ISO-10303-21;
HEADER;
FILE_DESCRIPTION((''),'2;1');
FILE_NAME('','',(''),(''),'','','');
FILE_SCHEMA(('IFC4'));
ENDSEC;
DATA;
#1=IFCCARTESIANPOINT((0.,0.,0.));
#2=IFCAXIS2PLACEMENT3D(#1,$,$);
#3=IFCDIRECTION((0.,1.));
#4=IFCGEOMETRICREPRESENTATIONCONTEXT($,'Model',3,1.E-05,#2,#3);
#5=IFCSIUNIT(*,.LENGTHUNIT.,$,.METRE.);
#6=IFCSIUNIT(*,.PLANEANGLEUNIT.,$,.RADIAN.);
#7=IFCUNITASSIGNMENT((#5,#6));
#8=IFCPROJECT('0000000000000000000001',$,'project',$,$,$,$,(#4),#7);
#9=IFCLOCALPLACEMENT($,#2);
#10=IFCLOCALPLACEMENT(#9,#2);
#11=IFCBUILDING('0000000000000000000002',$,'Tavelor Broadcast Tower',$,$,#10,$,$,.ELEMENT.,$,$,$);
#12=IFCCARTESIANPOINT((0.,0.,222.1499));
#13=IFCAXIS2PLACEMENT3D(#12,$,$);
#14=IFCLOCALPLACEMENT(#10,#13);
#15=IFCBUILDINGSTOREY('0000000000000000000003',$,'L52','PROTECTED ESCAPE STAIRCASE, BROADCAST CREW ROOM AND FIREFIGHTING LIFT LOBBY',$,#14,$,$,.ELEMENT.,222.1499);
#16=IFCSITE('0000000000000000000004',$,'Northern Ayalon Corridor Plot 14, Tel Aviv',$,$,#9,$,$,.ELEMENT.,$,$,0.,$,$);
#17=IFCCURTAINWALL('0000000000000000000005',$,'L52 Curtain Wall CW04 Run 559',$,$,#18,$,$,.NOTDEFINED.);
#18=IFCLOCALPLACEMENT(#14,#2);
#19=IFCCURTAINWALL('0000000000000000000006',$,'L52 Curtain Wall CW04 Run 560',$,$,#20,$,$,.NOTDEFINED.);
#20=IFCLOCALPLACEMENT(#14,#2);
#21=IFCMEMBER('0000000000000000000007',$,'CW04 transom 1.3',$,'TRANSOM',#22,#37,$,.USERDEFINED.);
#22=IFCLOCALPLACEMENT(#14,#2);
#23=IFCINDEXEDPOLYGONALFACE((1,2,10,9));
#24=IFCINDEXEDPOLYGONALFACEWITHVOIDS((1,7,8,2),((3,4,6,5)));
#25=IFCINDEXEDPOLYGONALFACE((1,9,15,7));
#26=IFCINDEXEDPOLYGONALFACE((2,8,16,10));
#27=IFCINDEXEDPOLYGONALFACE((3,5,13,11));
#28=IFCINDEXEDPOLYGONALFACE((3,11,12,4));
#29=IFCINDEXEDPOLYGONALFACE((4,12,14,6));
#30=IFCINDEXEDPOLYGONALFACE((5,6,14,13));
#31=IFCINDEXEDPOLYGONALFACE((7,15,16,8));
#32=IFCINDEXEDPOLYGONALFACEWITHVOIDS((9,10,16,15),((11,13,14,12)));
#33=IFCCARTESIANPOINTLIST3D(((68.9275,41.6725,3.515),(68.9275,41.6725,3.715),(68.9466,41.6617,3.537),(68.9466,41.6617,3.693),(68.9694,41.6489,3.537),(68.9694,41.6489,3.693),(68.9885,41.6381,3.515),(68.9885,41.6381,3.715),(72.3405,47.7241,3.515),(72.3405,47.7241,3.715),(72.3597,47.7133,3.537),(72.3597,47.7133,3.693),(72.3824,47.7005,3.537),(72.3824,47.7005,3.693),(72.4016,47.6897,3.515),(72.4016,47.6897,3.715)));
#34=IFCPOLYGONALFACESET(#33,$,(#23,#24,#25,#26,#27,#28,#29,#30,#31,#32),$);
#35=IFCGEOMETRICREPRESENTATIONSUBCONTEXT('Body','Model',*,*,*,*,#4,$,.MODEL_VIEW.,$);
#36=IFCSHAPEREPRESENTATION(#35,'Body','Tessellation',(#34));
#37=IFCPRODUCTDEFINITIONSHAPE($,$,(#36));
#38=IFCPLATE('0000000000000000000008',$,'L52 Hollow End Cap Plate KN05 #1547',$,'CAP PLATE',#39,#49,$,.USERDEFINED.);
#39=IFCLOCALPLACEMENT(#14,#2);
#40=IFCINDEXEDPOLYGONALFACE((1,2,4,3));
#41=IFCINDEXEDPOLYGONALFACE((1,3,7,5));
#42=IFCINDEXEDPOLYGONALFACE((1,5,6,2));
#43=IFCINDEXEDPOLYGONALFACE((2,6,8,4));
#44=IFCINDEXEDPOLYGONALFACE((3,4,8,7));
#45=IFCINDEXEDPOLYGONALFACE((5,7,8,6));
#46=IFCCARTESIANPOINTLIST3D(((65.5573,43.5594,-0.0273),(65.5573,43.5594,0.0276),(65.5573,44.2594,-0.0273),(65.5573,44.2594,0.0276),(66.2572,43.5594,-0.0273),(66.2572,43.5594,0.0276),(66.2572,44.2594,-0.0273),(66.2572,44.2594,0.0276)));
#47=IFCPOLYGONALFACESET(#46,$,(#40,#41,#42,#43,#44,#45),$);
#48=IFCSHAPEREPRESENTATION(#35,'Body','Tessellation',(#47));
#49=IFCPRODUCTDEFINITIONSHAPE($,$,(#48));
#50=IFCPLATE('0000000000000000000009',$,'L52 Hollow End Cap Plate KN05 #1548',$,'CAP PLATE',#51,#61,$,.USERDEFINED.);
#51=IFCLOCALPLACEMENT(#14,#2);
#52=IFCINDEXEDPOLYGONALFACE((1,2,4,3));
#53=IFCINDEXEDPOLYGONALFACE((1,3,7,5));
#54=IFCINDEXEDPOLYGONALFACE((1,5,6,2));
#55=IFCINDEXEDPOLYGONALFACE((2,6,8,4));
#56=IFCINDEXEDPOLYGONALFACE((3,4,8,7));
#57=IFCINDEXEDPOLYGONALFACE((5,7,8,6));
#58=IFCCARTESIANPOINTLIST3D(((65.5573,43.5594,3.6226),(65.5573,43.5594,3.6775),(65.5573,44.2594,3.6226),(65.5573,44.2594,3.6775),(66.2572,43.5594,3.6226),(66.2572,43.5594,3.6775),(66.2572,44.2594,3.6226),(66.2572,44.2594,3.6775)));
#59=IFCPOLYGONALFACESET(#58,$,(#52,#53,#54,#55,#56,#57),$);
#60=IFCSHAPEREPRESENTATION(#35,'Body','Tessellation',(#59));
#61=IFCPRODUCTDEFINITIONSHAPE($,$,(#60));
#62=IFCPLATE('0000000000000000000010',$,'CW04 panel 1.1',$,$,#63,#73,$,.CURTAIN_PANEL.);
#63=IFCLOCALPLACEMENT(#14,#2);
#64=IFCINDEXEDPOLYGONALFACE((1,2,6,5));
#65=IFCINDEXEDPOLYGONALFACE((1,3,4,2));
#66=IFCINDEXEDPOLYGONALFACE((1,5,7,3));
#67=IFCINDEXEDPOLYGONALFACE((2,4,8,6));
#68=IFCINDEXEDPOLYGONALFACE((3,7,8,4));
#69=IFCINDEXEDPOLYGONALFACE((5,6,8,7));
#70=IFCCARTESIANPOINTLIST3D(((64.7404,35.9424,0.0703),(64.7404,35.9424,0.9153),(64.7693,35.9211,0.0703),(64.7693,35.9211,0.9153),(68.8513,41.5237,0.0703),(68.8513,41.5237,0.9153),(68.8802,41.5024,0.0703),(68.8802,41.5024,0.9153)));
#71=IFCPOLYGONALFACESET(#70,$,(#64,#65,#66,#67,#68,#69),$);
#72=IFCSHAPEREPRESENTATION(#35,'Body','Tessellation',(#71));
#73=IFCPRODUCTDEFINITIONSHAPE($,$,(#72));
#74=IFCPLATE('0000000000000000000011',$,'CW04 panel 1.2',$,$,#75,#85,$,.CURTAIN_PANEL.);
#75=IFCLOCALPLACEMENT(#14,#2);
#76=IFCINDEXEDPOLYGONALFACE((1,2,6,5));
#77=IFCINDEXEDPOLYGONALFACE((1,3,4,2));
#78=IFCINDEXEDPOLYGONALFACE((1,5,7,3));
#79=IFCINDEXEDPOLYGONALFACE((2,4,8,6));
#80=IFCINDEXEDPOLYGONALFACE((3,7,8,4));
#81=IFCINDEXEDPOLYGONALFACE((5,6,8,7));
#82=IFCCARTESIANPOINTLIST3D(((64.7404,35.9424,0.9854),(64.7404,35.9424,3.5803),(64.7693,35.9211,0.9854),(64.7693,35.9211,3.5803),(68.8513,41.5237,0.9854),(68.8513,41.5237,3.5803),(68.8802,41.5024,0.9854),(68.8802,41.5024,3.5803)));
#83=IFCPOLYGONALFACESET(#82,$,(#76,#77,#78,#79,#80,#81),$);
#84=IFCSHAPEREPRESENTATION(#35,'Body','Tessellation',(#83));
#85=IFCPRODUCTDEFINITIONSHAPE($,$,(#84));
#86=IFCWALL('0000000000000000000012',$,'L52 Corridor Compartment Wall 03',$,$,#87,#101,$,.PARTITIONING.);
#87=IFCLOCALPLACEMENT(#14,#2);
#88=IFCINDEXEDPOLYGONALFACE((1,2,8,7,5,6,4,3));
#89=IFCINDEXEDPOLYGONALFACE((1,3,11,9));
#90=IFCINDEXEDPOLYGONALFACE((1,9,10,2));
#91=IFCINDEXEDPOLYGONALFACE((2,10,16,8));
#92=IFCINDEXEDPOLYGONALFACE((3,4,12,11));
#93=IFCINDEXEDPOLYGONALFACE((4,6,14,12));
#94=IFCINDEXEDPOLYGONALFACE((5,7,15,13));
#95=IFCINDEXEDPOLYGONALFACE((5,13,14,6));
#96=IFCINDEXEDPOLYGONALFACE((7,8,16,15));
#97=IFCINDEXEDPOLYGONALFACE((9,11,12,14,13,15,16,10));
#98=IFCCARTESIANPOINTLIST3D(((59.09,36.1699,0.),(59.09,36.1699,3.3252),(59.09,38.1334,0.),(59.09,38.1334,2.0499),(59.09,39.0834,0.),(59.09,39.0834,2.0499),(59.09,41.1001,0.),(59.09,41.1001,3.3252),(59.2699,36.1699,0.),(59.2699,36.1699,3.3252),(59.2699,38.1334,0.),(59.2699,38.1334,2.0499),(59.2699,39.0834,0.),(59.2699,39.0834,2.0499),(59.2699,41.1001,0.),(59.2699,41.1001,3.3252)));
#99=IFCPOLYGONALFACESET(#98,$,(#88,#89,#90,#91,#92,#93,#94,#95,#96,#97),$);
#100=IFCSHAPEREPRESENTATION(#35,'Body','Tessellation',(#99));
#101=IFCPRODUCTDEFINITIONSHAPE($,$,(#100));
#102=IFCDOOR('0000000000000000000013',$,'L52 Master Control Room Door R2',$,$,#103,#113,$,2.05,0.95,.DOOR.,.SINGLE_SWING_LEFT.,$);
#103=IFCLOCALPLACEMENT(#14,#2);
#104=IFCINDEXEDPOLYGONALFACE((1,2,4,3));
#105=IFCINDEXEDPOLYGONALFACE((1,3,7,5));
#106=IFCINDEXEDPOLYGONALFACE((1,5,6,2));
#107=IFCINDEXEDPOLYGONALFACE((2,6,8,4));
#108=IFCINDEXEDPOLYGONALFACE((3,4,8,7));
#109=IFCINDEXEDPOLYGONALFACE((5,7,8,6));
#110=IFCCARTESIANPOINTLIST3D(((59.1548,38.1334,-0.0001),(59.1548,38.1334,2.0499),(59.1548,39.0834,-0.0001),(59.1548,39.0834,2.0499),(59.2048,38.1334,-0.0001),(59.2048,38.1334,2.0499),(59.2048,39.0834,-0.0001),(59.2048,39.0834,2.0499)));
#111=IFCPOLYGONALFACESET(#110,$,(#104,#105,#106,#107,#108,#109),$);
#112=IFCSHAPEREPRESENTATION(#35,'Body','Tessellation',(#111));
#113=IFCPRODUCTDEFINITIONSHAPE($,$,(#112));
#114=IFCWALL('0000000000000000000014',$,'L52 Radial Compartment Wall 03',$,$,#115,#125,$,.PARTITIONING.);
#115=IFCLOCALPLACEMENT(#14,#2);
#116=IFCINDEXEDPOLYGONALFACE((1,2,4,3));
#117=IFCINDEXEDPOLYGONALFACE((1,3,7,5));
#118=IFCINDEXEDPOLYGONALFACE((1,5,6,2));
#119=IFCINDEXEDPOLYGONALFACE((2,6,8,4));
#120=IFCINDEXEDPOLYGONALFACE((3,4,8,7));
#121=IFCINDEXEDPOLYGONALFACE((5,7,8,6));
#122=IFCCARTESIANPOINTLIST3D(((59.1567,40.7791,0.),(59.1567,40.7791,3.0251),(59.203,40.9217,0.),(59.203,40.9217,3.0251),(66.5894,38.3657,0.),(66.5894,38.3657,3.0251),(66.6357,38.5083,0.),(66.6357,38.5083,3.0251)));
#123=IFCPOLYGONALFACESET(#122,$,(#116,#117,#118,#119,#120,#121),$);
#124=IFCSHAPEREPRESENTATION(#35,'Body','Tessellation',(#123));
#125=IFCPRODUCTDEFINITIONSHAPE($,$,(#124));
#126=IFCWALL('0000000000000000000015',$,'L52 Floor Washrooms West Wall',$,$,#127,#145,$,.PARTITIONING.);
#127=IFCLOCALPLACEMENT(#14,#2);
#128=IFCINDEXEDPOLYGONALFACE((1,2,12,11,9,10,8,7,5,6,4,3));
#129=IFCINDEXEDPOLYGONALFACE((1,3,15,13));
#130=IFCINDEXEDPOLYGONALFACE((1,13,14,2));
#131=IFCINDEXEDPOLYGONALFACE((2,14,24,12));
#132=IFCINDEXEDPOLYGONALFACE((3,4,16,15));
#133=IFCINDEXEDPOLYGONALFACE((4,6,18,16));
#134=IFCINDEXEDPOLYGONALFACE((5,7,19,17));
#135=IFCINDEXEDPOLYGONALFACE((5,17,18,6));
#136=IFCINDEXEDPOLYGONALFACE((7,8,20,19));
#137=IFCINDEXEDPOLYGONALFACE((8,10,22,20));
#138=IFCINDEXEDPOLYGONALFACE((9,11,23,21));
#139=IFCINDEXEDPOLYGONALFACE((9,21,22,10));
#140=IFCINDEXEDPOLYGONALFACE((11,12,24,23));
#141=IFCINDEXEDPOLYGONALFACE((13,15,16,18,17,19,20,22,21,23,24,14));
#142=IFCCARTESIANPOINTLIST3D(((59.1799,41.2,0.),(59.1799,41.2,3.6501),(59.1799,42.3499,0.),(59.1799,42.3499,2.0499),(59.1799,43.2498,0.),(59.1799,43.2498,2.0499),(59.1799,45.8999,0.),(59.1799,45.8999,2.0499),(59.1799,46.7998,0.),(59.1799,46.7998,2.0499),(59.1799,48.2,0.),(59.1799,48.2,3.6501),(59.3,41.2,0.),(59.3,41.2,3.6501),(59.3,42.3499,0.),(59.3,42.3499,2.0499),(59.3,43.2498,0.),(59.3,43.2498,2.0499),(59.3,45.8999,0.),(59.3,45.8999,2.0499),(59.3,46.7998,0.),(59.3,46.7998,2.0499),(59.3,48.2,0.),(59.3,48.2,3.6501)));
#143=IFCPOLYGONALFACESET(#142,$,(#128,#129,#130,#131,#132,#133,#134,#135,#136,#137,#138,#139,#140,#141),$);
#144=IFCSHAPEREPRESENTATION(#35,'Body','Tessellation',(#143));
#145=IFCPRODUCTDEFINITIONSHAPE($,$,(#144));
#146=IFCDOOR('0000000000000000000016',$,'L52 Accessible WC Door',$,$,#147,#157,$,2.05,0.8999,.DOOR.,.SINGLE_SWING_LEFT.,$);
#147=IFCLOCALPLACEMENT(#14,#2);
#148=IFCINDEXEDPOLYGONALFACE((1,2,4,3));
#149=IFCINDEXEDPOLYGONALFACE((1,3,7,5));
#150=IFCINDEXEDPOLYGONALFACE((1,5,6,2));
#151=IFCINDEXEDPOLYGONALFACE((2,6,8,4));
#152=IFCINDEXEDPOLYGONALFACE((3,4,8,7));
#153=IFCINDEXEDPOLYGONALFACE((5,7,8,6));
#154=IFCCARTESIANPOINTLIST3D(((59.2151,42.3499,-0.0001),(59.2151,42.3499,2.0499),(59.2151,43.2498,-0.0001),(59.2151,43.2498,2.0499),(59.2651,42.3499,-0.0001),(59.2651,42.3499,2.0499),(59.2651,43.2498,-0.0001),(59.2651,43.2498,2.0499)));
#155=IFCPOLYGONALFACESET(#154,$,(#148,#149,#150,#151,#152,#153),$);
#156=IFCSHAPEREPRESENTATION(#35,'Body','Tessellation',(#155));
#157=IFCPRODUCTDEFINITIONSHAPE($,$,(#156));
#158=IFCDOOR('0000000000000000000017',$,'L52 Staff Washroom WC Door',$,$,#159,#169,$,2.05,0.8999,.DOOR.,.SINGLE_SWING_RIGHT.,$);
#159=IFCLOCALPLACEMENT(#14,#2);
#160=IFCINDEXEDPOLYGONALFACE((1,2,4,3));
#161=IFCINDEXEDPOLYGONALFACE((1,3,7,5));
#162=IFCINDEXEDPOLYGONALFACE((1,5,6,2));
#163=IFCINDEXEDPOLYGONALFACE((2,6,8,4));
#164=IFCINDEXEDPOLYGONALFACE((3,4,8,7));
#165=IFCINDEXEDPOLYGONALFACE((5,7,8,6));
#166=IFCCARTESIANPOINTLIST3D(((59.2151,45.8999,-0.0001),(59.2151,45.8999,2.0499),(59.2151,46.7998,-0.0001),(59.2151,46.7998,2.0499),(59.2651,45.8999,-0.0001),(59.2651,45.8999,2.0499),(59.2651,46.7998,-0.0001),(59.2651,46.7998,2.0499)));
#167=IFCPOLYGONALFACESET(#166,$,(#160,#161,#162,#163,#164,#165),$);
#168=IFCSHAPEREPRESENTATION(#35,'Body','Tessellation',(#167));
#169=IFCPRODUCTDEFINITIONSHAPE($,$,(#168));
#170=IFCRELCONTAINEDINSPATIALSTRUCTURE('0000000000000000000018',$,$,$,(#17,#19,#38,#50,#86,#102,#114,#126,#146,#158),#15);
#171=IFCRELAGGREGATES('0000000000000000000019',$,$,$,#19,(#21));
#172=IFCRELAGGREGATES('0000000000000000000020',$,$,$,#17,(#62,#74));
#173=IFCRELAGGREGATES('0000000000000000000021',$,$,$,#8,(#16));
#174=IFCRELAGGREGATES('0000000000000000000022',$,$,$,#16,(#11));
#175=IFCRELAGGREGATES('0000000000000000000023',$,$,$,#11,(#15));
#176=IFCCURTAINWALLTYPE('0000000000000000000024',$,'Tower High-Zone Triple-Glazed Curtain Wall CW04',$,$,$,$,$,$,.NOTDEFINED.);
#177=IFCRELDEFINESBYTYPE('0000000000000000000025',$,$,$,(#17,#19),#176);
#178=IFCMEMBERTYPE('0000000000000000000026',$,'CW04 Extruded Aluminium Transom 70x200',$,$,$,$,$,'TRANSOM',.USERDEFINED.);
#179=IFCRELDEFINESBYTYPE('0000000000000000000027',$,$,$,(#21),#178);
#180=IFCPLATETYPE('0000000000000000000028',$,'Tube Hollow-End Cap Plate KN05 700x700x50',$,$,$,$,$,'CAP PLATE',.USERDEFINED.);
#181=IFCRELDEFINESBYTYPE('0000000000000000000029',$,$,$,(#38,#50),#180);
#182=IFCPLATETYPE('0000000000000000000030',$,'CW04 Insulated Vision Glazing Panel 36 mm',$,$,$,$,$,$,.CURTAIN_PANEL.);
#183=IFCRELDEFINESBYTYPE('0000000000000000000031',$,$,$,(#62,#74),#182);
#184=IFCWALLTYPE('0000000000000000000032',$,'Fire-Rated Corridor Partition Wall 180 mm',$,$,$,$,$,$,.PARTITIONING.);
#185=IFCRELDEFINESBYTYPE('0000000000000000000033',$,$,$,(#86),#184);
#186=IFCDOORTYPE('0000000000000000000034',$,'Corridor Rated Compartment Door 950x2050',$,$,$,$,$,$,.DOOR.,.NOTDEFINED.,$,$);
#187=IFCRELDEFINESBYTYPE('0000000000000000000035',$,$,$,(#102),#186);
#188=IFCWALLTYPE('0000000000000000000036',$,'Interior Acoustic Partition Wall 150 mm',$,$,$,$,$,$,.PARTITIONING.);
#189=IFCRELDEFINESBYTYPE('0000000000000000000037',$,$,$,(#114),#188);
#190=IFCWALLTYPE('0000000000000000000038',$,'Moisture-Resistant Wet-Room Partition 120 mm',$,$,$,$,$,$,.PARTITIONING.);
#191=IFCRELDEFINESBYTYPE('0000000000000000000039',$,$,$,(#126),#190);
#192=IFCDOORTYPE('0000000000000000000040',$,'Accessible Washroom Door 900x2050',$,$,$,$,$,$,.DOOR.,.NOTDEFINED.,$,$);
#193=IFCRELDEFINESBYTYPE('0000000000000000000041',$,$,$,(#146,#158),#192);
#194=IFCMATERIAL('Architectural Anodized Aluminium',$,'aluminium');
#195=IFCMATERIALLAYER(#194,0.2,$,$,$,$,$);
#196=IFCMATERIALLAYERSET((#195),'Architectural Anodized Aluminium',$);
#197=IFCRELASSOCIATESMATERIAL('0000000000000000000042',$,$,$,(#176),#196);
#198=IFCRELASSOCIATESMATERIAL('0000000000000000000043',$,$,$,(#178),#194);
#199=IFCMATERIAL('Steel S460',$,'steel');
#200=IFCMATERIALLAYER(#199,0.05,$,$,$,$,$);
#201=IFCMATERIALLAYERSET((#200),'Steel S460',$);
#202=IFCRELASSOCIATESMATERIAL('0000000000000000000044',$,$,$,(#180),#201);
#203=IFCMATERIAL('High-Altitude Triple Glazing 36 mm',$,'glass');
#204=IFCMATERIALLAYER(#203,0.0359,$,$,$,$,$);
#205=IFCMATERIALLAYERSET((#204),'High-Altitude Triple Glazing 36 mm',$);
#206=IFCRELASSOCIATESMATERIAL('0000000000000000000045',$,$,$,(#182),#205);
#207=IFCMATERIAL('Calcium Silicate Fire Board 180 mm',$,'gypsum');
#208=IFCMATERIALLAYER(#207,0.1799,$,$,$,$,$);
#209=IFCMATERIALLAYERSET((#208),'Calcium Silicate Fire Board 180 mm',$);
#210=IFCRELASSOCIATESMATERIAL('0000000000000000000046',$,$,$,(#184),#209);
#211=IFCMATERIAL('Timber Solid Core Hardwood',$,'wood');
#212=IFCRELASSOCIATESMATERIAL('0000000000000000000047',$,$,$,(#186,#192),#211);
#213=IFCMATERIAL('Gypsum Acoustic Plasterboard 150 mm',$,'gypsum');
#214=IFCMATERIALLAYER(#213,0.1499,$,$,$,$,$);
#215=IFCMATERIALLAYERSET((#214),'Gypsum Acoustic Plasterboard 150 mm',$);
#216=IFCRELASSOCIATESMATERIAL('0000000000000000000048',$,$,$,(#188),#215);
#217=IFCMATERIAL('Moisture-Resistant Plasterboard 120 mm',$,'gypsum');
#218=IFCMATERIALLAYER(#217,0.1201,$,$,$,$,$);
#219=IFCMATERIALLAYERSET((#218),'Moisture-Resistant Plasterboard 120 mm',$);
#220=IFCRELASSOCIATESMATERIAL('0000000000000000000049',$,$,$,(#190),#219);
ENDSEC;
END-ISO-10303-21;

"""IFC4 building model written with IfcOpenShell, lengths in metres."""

from ifc_helpers import new_model, si_unit, direction, frame, frame_2d, origin, origin_2d, place, context, subcontext, project, spatial, rectangle, hollow_rectangle, extrude, source, transform, mapped, material, layer, layer_set, material_profile, profile_set, type_object, type_shapes, element, fill, aggregate, save


model = new_model("IFC4")

# Units and contexts
model_context = context("Model", 3, precision=1e-05, world=origin(), true_north=direction((0.0, 1.0)))
body_context = subcontext(model_context, "Body", "Model", "MODEL_VIEW")
ifc_project = project(units=[si_unit("LENGTHUNIT", "METRE"), si_unit("PLANEANGLEUNIT", "RADIAN")], contexts=[model_context])

# Site, building, storey
site_placement = place(None, origin())
site = spatial("IfcSite", under=ifc_project, at=site_placement, Name="Northern Ayalon Corridor Plot 14, Tel Aviv", CompositionType="ELEMENT", RefElevation=0.0)
building_placement = place(site_placement, origin())
building = spatial("IfcBuilding", under=site, at=building_placement, Name="Tavelor Broadcast Tower", CompositionType="ELEMENT")
storey_placement = place(building_placement, frame((0.0, 0.0, 222.1499)))
storey = spatial("IfcBuildingStorey", under=building, at=storey_placement, Name="L52", Description="PROTECTED ESCAPE STAIRCASE, BROADCAST CREW ROOM AND FIREFIGHTING LIFT LOBBY", CompositionType="ELEMENT", Elevation=222.1499)

# Shared definitions
ifc_material_1 = material(Name="Steel S460", Category="steel")

# Curtain wall
ifc_material_2 = material(Name="Architectural Anodized Aluminium", Category="aluminium")
ifc_layer_1 = layer(ifc_material_2, 0.2)
ifc_layer_set_1 = layer_set([ifc_layer_1], Name="Architectural Anodized Aluminium")
curtain_wall_type = type_object("IfcCurtainWallType", Name="Tower High-Zone Triple-Glazed Curtain Wall CW04", PredefinedType="NOTDEFINED", material=ifc_layer_set_1)
curtain_wall_1_placement = place(storey_placement, origin())
curtain_wall_1 = element("IfcCurtainWall", 1, at=curtain_wall_1_placement, inside=storey, type_object=curtain_wall_type, Name="L52 Curtain Wall CW04 Run 559", PredefinedType="NOTDEFINED")

# Curtain wall, member
curtain_wall_2_placement = place(storey_placement, origin())
curtain_wall_2 = element("IfcCurtainWall", 2, at=curtain_wall_2_placement, inside=storey, type_object=curtain_wall_type, Name="L52 Curtain Wall CW04 Run 560", PredefinedType="NOTDEFINED")
ifc_material_profile_1 = material_profile(ifc_material_2, hollow_rectangle(XDim=0.0701, YDim=0.2, WallThickness=0.022, at=origin_2d()), Name="RHS 70x200x22")
ifc_profile_set_1 = profile_set([ifc_material_profile_1], Name="Architectural Anodized Aluminium")
member_type_1 = type_object("IfcMemberType", Name="CW04 Extruded Aluminium Transom 70x200", ElementType="TRANSOM", PredefinedType="USERDEFINED", material=ifc_profile_set_1)
shared_shape_1 = source(origin(), body_context, "Body", "SweptSolid", [
    extrude(hollow_rectangle(XDim=0.0701, YDim=0.2, WallThickness=0.022, at=origin_2d()), origin(), (0.0, 0.0, 1.0), 6.9478),
])
type_shapes(member_type_1, [shared_shape_1])
member_1_placement = place(storey_placement, frame((68.958, 41.6553, 3.615), z_axis=(0.491242, 0.871023, 0.0), x_axis=(-0.871023, 0.491242, 0.0)))
member_1 = element("IfcMember", 3, at=member_1_placement, type_object=member_type_1, Name="CW04 transom 1.3", ObjectType="TRANSOM", PredefinedType="USERDEFINED", context=body_context, shape_type="MappedRepresentation", body=[
    mapped(shared_shape_1, transform((0.0, 0.0, 0.0), scale=1.0)),
])
aggregate(curtain_wall_2, [member_1])

# Plates
ifc_layer_2 = layer(ifc_material_1, 0.05)
ifc_layer_set_2 = layer_set([ifc_layer_2], Name="Steel S460")
plate_type_1 = type_object("IfcPlateType", Name="Tube Hollow-End Cap Plate KN05 700x700x50", ElementType="CAP PLATE", PredefinedType="USERDEFINED", material=ifc_layer_set_2)
shared_shape_2 = source(origin(), body_context, "Body", "SweptSolid", [
    extrude(rectangle(XDim=0.7, YDim=0.7, at=origin_2d()), origin(), (0.0, 0.0, 1.0), 0.0549),
])
type_shapes(plate_type_1, [shared_shape_2])
for number, where, z_axis, x_axis, name in (
    (4, (65.9072, 43.9094, -0.0273), (0.0, 0.0, 1.0), (1.0, 0.0, 0.0), "L52 Hollow End Cap Plate KN05 #1547"),
    (5, (65.9072, 43.9094, 3.6226), (0.0, 0.0, 1.0), (1.0, 0.0, 0.0), "L52 Hollow End Cap Plate KN05 #1548"),
):
    element("IfcPlate", number, at=place(storey_placement, frame(where, z_axis=z_axis, x_axis=x_axis)), inside=storey, type_object=plate_type_1, Name=name, ObjectType="CAP PLATE", PredefinedType="USERDEFINED", context=body_context, shape_type="MappedRepresentation", body=[
        mapped(shared_shape_2, transform((0.0, 0.0, 0.0), scale=1.0)),
    ])

# Plates
ifc_material_3 = material(Name="High-Altitude Triple Glazing 36 mm", Category="glass")
ifc_layer_3 = layer(ifc_material_3, 0.0359)
ifc_layer_set_3 = layer_set([ifc_layer_3], Name="High-Altitude Triple Glazing 36 mm")
plate_type_2 = type_object("IfcPlateType", Name="CW04 Insulated Vision Glazing Panel 36 mm", PredefinedType="CURTAIN_PANEL", material=ifc_layer_set_3)
shared_shape_3 = source(origin(), body_context, "Body", "SweptSolid", [
    extrude(rectangle(XDim=6.9319, YDim=0.0359, at=origin_2d()), origin(), (0.0, 0.0, 1.0), 0.845),
])
plate_1_placement = place(storey_placement, frame((66.8103, 38.7224, 0.0703), z_axis=(0.0, 0.0, 1.0), x_axis=(0.593054, 0.805162, 0.0)))
plate_1 = element("IfcPlate", 6, at=plate_1_placement, type_object=plate_type_2, Name="CW04 panel 1.1", PredefinedType="CURTAIN_PANEL", context=body_context, shape_type="MappedRepresentation", body=[
    mapped(shared_shape_3, transform((0.0, 0.0, 0.0), scale=1.0)),
])
shared_shape_4 = source(origin(), body_context, "Body", "SweptSolid", [
    extrude(rectangle(XDim=6.9319, YDim=0.0359, at=origin_2d()), origin(), (0.0, 0.0, 1.0), 2.595),
])
type_shapes(plate_type_2, [shared_shape_3, shared_shape_4])
plate_2_placement = place(storey_placement, frame((66.8103, 38.7224, 0.9854), z_axis=(0.0, 0.0, 1.0), x_axis=(0.593054, 0.805162, 0.0)))
plate_2 = element("IfcPlate", 7, at=plate_2_placement, type_object=plate_type_2, Name="CW04 panel 1.2", PredefinedType="CURTAIN_PANEL", context=body_context, shape_type="MappedRepresentation", body=[
    mapped(shared_shape_4, transform((0.0, 0.0, 0.0), scale=1.0)),
])
aggregate(curtain_wall_1, [plate_1, plate_2])

# Wall, opening, door
ifc_material_4 = material(Name="Calcium Silicate Fire Board 180 mm", Category="gypsum")
ifc_layer_4 = layer(ifc_material_4, 0.1799)
ifc_layer_set_4 = layer_set([ifc_layer_4], Name="Calcium Silicate Fire Board 180 mm")
wall_type_1 = type_object("IfcWallType", Name="Fire-Rated Corridor Partition Wall 180 mm", PredefinedType="PARTITIONING", material=ifc_layer_set_4)
wall_1_placement = place(storey_placement, frame((59.1799, 41.1001, 0.0), z_axis=(0.0, 0.0, 1.0), x_axis=(0.0, -1.0, 0.0)))
wall_1 = element("IfcWall", 8, at=wall_1_placement, inside=storey, type_object=wall_type_1, Name="L52 Corridor Compartment Wall 03", PredefinedType="PARTITIONING", context=body_context, shape_type="SweptSolid", body=[
    extrude(rectangle(XDim=4.9302, YDim=0.1799, at=frame_2d((2.4651, 0.0))), origin(), (0.0, 0.0, 1.0), 3.3252),
])
opening_1_placement = place(wall_1_placement, frame((2.0166, 0.0, 0.0)))
opening_1 = element("IfcOpeningElement", 9, at=opening_1_placement, cuts=wall_1, PredefinedType="OPENING", context=body_context, shape_type="SweptSolid", body=[
    extrude(rectangle(XDim=0.95, YDim=2.05, at=frame_2d((0.4751, 1.0249))), frame((0.0, 0.1001, 0.0), z_axis=(0.0, -1.0, 0.0), x_axis=(1.0, 0.0, 0.0)), (0.0, 0.0, 1.0), 0.2),
])
ifc_material_5 = material(Name="Timber Solid Core Hardwood", Category="wood")
door_type_1 = type_object("IfcDoorType", Name="Corridor Rated Compartment Door 950x2050", OperationType="NOTDEFINED", PredefinedType="DOOR", material=ifc_material_5)
door_1_placement = place(opening_1_placement, origin())
door_1 = element("IfcDoor", 10, at=door_1_placement, inside=storey, type_object=door_type_1, Name="L52 Master Control Room Door R2", OperationType="SINGLE_SWING_LEFT", OverallHeight=2.05, OverallWidth=0.95, PredefinedType="DOOR", context=body_context, shape_type="SweptSolid", body=[
    extrude(rectangle(XDim=0.95, YDim=2.05, at=frame_2d((0.4751, 1.0249))), frame((0.0, 0.0249, 0.0), z_axis=(0.0, -1.0, 0.0), x_axis=(1.0, 0.0, 0.0)), (0.0, 0.0, 1.0), 0.05),
])
fill(opening_1, door_1)

# Wall
ifc_material_6 = material(Name="Gypsum Acoustic Plasterboard 150 mm", Category="gypsum")
ifc_layer_5 = layer(ifc_material_6, 0.1499)
ifc_layer_set_5 = layer_set([ifc_layer_5], Name="Gypsum Acoustic Plasterboard 150 mm")
wall_type_2 = type_object("IfcWallType", Name="Interior Acoustic Partition Wall 150 mm", PredefinedType="PARTITIONING", material=ifc_layer_set_5)
wall_2_placement = place(storey_placement, frame((59.1799, 40.8503, 0.0), z_axis=(0.0, 0.0, 1.0), x_axis=(0.951119, -0.308823, 0.0)))
element("IfcWall", 11, at=wall_2_placement, inside=storey, type_object=wall_type_2, Name="L52 Radial Compartment Wall 03", PredefinedType="PARTITIONING", context=body_context, shape_type="SweptSolid", body=[
    extrude(rectangle(XDim=7.8147, YDim=0.1499, at=frame_2d((3.9072, 0.0))), origin(), (0.0, 0.0, 1.0), 3.0251),
])

# Wall, openings, doors
ifc_material_7 = material(Name="Moisture-Resistant Plasterboard 120 mm", Category="gypsum")
ifc_layer_6 = layer(ifc_material_7, 0.1201)
ifc_layer_set_6 = layer_set([ifc_layer_6], Name="Moisture-Resistant Plasterboard 120 mm")
wall_type_3 = type_object("IfcWallType", Name="Moisture-Resistant Wet-Room Partition 120 mm", PredefinedType="PARTITIONING", material=ifc_layer_set_6)
wall_3_placement = place(storey_placement, frame((59.24, 41.2, 0.0), z_axis=(0.0, 0.0, 1.0), x_axis=(0.0, 1.0, 0.0)))
wall_3 = element("IfcWall", 12, at=wall_3_placement, inside=storey, type_object=wall_type_3, Name="L52 Floor Washrooms West Wall", PredefinedType="PARTITIONING", context=body_context, shape_type="SweptSolid", body=[
    extrude(rectangle(XDim=7.0, YDim=0.1201, at=frame_2d((3.5, 0.0))), origin(), (0.0, 0.0, 1.0), 3.6501),
])
opening_2_placement = place(wall_3_placement, frame((1.1499, 0.0, 0.0)))
opening_2 = element("IfcOpeningElement", 13, at=opening_2_placement, cuts=wall_3, PredefinedType="OPENING", context=body_context, shape_type="SweptSolid", body=[
    extrude(rectangle(XDim=0.8999, YDim=2.05, at=frame_2d((0.45, 1.0249))), frame((0.0, 0.0701, 0.0), z_axis=(0.0, -1.0, 0.0), x_axis=(1.0, 0.0, 0.0)), (0.0, 0.0, 1.0), 0.1401),
])
opening_3_placement = place(wall_3_placement, frame((4.7, 0.0, 0.0)))
opening_3 = element("IfcOpeningElement", 14, at=opening_3_placement, cuts=wall_3, PredefinedType="OPENING", context=body_context, shape_type="SweptSolid", body=[
    extrude(rectangle(XDim=0.8999, YDim=2.05, at=frame_2d((0.45, 1.0249))), frame((0.0, 0.0701, 0.0), z_axis=(0.0, -1.0, 0.0), x_axis=(1.0, 0.0, 0.0)), (0.0, 0.0, 1.0), 0.1401),
])
door_type_2 = type_object("IfcDoorType", Name="Accessible Washroom Door 900x2050", OperationType="NOTDEFINED", PredefinedType="DOOR", material=ifc_material_5)
door_2_placement = place(opening_2_placement, origin())
door_2 = element("IfcDoor", 15, at=door_2_placement, inside=storey, type_object=door_type_2, Name="L52 Accessible WC Door", OperationType="SINGLE_SWING_LEFT", OverallHeight=2.05, OverallWidth=0.8999, PredefinedType="DOOR", context=body_context, shape_type="SweptSolid", body=[
    extrude(rectangle(XDim=0.8999, YDim=2.05, at=frame_2d((0.45, 1.0249))), frame((0.0, 0.0249, 0.0), z_axis=(0.0, -1.0, 0.0), x_axis=(1.0, 0.0, 0.0)), (0.0, 0.0, 1.0), 0.05),
])
fill(opening_2, door_2)
door_3_placement = place(opening_3_placement, origin())
door_3 = element("IfcDoor", 16, at=door_3_placement, inside=storey, type_object=door_type_2, Name="L52 Staff Washroom WC Door", OperationType="SINGLE_SWING_RIGHT", OverallHeight=2.05, OverallWidth=0.8999, PredefinedType="DOOR", context=body_context, shape_type="SweptSolid", body=[
    extrude(rectangle(XDim=0.8999, YDim=2.05, at=frame_2d((0.45, 1.0249))), frame((0.0, 0.0249, 0.0), z_axis=(0.0, -1.0, 0.0), x_axis=(1.0, 0.0, 0.0)), (0.0, 0.0, 1.0), 0.05),
])
fill(opening_3, door_3)

save(model, "model.ifc")
